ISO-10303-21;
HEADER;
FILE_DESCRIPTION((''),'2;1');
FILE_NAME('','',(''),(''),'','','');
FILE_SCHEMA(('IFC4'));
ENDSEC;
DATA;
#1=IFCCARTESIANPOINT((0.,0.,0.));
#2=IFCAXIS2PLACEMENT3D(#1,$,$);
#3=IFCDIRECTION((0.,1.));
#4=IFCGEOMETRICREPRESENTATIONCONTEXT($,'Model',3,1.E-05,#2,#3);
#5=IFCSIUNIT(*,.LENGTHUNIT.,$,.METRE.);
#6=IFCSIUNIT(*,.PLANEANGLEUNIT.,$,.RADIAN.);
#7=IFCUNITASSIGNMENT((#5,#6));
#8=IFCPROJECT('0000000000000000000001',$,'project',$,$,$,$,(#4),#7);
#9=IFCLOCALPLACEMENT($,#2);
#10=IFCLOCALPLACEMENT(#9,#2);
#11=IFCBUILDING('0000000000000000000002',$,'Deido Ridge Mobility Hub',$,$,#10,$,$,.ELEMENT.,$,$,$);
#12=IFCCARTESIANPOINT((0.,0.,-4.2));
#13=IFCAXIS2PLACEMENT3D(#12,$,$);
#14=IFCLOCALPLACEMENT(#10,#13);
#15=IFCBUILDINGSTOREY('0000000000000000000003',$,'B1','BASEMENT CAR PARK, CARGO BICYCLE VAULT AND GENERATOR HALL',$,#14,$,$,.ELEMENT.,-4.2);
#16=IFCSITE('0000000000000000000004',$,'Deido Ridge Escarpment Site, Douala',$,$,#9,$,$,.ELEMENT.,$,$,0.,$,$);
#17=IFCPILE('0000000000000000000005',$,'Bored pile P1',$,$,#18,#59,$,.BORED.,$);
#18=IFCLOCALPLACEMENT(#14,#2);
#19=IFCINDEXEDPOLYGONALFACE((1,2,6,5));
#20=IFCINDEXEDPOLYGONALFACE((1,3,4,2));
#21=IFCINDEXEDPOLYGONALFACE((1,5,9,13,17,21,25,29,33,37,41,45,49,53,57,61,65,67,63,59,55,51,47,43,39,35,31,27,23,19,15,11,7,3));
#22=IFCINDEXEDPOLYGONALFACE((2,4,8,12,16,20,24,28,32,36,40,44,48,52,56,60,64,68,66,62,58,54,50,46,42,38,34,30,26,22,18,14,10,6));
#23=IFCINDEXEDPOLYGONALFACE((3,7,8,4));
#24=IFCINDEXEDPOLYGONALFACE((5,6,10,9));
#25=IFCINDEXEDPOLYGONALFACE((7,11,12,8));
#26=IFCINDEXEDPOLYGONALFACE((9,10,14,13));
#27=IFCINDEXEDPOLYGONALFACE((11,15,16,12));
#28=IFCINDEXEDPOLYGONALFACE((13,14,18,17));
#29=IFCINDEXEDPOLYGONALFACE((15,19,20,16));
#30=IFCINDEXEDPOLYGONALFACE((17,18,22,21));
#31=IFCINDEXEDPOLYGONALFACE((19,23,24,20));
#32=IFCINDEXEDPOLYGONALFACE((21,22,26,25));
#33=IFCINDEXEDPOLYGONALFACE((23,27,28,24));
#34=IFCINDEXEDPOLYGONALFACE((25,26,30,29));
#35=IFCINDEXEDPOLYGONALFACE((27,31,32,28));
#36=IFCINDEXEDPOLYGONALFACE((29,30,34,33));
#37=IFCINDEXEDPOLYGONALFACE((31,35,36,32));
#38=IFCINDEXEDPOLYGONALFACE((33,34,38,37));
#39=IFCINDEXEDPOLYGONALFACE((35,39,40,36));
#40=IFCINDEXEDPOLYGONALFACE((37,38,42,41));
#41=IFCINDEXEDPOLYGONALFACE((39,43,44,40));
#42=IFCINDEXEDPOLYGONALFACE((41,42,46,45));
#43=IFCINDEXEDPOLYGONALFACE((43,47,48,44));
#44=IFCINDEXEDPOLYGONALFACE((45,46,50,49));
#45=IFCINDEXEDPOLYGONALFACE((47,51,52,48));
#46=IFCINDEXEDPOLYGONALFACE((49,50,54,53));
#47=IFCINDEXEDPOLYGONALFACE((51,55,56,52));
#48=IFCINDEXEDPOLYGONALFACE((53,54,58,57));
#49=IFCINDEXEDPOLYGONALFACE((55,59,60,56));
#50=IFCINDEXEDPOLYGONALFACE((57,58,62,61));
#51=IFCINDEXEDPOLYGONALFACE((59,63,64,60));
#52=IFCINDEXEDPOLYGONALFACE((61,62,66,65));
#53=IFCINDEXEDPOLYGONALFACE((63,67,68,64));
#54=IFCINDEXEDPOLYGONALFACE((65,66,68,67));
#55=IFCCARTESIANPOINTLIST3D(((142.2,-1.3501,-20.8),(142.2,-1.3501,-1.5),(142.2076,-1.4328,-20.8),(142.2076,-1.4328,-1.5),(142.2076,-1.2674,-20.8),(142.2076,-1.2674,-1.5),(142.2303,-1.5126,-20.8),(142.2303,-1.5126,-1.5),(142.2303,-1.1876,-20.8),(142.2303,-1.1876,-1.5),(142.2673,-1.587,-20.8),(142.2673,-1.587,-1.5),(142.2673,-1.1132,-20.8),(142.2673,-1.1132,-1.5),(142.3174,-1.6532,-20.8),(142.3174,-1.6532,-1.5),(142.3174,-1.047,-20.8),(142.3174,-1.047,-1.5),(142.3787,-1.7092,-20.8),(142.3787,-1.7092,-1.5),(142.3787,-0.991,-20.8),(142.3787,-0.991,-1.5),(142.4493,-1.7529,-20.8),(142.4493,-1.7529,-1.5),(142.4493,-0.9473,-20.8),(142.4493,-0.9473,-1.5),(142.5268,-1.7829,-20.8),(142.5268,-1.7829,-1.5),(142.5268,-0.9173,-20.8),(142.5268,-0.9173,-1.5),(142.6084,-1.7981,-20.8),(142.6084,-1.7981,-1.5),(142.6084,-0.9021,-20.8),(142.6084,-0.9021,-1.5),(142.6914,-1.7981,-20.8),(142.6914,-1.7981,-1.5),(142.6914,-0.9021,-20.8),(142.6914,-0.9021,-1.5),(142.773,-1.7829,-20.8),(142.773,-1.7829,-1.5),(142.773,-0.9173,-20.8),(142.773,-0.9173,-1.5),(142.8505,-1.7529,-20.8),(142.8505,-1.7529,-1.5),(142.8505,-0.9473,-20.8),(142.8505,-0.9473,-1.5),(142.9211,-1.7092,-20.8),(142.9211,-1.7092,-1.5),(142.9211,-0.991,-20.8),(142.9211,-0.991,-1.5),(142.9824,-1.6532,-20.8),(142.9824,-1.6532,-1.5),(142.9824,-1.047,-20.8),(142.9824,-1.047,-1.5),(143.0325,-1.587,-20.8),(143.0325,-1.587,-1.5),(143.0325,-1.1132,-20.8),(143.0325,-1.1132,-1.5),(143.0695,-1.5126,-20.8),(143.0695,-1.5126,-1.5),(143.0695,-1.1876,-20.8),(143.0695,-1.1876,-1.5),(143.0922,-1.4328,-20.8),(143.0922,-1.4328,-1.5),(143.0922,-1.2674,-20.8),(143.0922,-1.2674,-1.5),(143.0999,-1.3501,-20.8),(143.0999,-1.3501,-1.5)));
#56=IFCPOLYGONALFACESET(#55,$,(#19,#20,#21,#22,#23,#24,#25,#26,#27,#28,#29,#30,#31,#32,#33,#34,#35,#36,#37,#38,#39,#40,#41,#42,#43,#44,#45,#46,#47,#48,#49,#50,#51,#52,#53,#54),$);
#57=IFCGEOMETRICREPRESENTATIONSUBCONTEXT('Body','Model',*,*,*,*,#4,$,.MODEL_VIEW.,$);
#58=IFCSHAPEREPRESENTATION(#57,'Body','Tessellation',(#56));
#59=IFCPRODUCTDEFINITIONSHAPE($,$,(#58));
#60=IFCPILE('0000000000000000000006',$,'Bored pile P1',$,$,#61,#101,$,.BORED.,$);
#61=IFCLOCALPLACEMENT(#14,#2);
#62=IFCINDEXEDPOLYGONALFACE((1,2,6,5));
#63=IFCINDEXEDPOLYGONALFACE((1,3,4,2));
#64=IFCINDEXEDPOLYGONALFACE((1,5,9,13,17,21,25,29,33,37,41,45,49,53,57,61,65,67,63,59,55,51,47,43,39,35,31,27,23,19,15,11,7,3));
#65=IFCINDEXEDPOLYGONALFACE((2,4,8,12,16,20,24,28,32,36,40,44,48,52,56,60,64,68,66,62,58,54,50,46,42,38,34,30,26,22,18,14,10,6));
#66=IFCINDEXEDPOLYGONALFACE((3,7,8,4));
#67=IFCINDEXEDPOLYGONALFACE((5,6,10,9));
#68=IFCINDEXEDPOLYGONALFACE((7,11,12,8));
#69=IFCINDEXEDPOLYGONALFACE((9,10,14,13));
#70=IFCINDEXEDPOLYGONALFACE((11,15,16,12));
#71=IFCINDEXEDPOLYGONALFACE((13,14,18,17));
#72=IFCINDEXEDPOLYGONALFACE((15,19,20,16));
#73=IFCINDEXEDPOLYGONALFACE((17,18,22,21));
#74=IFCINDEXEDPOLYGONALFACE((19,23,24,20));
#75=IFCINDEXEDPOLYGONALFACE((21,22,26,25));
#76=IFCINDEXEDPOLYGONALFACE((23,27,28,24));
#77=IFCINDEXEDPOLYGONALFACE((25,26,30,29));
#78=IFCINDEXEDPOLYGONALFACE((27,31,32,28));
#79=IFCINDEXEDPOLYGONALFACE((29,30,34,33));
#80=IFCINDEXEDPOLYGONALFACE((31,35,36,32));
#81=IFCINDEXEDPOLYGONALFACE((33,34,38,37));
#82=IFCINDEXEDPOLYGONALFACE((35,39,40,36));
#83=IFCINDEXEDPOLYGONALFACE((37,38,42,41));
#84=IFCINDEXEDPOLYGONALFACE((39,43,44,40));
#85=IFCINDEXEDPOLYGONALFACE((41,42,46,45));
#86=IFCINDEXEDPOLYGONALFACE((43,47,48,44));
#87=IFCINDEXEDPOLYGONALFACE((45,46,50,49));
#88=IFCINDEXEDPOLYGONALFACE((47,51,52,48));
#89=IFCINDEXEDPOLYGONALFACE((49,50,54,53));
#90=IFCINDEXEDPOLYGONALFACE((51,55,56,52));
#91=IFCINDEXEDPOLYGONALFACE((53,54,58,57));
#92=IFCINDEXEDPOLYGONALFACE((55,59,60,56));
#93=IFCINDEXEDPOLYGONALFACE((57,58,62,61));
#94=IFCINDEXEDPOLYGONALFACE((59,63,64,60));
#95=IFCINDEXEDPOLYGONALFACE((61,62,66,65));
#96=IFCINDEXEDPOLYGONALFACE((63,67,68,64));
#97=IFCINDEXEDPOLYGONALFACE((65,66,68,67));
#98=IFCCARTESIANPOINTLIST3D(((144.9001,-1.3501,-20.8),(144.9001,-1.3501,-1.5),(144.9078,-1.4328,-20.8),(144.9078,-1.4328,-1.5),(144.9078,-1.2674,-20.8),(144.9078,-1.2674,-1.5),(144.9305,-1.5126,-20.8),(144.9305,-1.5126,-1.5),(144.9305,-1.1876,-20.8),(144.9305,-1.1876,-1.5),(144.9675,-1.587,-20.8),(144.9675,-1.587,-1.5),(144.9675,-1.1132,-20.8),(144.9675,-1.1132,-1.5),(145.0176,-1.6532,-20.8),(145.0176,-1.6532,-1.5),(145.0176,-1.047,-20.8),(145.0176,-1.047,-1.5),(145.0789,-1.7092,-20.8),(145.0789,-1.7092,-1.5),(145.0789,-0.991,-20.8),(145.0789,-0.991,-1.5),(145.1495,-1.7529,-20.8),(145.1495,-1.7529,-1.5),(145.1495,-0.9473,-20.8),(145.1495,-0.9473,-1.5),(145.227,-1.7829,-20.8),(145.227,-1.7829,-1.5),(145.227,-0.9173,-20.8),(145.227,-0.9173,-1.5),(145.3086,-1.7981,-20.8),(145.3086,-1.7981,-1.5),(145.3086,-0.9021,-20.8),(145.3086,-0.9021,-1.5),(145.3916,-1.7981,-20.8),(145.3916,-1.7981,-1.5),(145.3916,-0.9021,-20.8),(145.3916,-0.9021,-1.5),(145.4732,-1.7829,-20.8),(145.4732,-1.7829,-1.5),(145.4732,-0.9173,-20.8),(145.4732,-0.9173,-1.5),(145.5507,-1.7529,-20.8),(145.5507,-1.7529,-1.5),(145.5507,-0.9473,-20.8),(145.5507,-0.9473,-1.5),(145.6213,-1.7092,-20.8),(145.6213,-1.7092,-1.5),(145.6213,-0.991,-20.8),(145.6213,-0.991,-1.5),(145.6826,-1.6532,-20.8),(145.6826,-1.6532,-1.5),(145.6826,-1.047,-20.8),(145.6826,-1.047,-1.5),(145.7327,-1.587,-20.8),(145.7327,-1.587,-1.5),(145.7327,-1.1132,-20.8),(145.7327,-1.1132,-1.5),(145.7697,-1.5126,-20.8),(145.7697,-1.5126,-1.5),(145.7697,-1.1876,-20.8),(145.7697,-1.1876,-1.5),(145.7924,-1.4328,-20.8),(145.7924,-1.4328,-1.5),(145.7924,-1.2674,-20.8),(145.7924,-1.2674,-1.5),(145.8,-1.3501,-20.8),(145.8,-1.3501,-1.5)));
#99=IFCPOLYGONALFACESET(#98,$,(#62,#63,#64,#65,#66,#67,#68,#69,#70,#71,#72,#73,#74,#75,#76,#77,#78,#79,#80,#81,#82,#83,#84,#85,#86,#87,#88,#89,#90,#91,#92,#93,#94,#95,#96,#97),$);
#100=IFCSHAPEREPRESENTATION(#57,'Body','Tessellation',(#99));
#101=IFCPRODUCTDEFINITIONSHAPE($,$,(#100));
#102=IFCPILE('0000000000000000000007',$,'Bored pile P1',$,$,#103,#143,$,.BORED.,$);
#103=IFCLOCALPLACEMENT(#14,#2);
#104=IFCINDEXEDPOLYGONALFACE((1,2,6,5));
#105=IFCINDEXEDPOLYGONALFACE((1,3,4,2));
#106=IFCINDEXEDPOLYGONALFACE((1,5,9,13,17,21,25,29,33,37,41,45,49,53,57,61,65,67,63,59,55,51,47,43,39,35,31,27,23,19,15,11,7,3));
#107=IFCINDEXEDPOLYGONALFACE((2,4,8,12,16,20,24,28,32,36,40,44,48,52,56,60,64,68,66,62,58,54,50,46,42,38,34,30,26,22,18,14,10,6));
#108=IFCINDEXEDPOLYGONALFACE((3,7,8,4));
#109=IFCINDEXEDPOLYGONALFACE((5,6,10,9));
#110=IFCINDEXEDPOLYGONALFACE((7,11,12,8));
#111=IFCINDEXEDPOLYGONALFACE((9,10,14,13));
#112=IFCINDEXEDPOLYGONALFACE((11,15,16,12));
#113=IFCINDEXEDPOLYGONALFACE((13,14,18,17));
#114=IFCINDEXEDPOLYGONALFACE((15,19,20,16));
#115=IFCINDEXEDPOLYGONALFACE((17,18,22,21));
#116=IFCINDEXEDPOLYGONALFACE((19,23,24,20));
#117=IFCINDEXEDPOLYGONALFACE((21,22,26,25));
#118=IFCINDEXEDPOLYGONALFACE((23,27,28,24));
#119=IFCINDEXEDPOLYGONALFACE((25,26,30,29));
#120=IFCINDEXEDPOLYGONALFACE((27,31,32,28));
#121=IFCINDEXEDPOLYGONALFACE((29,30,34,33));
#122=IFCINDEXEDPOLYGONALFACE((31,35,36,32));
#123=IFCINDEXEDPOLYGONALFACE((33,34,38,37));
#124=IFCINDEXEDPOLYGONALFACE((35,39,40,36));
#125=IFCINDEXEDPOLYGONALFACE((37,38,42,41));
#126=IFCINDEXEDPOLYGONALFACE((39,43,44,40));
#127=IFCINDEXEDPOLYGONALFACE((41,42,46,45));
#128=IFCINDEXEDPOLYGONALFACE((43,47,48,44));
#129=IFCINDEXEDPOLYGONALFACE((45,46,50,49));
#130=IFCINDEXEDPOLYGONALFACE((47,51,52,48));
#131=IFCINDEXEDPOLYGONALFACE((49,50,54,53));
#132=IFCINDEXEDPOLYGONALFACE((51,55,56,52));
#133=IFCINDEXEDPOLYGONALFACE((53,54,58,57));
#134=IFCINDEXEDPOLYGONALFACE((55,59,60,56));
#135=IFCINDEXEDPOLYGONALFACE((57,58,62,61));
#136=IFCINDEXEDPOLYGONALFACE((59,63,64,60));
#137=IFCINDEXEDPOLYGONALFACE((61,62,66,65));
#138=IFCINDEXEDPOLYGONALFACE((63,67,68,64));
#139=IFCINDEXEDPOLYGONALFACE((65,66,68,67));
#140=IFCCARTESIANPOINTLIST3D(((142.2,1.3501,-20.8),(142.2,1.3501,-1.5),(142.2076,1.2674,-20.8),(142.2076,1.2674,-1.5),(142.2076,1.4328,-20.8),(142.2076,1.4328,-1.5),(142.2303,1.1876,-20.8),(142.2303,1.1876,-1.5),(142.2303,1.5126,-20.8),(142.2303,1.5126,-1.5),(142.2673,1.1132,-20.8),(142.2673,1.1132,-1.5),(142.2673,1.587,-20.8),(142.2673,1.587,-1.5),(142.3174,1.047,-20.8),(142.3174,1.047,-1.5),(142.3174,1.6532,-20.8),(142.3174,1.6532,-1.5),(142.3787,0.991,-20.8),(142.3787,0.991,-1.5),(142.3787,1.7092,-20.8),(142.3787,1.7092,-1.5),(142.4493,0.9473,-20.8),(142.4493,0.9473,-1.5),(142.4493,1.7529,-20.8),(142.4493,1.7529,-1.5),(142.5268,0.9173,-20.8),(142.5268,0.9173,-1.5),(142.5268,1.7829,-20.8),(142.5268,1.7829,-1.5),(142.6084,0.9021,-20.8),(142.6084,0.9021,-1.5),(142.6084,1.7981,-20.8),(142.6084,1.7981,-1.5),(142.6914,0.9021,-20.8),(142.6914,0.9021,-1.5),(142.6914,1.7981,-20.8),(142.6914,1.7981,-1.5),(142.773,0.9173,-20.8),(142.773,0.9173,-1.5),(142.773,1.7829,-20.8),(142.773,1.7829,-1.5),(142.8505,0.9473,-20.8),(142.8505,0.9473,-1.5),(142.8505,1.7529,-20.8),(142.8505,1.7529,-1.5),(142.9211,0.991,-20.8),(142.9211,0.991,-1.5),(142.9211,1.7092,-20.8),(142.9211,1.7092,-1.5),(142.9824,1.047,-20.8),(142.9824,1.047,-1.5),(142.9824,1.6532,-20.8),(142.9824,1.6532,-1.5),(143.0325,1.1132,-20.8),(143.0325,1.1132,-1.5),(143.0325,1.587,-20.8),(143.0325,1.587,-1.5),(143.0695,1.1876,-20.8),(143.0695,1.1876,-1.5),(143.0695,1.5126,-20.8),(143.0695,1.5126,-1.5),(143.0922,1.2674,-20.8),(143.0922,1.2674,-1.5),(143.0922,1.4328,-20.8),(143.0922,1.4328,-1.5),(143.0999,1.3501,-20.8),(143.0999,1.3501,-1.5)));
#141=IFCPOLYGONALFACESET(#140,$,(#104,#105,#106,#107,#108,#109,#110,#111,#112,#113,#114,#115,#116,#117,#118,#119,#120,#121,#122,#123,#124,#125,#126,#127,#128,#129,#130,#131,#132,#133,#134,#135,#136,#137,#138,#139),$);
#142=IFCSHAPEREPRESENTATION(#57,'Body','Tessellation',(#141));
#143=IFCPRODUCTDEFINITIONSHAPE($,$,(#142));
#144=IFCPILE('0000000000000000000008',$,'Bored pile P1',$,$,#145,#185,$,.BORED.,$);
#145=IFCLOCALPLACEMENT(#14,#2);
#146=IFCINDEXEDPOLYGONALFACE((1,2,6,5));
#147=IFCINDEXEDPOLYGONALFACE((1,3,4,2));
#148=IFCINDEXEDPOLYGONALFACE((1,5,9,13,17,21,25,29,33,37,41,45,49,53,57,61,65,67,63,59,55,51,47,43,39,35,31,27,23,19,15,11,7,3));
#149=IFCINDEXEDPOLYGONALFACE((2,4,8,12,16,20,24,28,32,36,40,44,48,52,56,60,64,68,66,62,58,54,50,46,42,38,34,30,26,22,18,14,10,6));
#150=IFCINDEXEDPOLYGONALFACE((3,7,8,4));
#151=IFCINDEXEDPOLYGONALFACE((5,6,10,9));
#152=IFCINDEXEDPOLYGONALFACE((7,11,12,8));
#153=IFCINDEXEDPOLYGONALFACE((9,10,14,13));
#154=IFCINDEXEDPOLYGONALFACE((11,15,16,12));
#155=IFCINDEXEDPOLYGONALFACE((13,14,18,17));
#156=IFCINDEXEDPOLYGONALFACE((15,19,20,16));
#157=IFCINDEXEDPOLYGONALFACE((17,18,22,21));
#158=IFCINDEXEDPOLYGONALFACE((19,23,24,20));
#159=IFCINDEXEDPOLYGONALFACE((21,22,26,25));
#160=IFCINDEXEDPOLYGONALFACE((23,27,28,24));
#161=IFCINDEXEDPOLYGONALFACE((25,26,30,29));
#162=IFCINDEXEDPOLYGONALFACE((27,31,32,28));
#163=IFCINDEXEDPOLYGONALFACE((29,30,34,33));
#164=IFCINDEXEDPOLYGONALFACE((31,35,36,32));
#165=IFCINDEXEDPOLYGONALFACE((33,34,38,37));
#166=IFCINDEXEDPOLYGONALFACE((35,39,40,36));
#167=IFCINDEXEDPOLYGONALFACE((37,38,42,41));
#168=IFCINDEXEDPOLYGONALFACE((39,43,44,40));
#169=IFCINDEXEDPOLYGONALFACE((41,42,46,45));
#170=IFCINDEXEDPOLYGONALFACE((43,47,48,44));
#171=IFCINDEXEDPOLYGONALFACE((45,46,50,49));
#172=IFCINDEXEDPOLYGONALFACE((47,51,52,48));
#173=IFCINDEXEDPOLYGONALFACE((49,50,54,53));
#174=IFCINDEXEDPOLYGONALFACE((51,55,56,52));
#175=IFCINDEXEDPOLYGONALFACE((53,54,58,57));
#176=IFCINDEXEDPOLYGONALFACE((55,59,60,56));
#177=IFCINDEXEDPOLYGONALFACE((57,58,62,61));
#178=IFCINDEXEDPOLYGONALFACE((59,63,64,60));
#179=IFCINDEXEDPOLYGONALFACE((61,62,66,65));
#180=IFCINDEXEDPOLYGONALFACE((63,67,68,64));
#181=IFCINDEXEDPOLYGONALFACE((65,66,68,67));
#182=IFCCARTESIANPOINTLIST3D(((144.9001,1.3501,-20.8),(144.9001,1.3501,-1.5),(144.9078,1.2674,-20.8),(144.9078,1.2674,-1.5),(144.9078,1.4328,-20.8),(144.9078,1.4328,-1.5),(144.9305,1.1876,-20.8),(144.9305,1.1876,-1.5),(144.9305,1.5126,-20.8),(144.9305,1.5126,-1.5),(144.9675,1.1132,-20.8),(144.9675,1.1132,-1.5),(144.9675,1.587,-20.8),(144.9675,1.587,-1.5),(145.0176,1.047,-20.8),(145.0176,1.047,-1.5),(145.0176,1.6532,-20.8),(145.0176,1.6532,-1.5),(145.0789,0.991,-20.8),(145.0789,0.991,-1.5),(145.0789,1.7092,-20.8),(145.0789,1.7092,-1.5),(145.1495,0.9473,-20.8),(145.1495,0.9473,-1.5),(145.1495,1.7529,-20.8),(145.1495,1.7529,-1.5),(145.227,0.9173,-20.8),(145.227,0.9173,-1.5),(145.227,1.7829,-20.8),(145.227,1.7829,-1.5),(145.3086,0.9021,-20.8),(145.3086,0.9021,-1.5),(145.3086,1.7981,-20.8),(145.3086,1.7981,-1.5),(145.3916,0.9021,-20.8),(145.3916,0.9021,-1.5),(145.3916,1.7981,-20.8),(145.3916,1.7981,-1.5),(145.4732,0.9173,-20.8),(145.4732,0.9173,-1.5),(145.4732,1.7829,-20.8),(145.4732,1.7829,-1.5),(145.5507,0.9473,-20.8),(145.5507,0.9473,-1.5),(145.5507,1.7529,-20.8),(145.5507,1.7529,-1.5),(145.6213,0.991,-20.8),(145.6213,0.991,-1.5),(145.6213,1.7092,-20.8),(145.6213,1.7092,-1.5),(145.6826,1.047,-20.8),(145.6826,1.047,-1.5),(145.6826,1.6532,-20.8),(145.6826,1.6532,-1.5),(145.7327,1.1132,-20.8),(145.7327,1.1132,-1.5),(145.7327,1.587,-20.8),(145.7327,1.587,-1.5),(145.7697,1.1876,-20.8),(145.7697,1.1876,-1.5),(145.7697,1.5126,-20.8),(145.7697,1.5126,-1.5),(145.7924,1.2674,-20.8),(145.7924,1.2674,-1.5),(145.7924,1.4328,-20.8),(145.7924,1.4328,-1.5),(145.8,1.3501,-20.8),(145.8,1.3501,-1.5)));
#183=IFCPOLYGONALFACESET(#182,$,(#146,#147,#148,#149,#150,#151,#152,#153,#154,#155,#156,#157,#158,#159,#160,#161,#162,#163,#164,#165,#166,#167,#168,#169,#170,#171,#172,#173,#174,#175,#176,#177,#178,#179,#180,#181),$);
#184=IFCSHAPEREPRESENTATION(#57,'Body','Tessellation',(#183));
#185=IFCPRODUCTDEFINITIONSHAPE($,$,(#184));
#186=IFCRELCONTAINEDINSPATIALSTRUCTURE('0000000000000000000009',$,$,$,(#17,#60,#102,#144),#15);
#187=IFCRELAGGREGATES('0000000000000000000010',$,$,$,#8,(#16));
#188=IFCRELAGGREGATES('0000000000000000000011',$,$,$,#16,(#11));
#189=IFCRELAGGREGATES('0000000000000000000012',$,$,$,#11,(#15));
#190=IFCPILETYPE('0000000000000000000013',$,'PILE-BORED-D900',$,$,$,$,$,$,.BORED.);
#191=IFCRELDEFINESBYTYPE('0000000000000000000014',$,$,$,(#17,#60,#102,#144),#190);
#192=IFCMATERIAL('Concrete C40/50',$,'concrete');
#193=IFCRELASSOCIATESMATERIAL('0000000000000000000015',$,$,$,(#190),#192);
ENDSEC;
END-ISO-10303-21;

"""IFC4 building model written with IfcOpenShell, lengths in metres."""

from ifc_helpers import new_model, si_unit, direction, frame, origin, origin_2d, place, context, subcontext, project, spatial, circle, extrude, material, material_profile, profile_set, type_object, element, save


model = new_model("IFC4")

# Units and contexts
model_context = context("Model", 3, precision=1e-05, world=origin(), true_north=direction((0.0, 1.0)))
body_context = subcontext(model_context, "Body", "Model", "MODEL_VIEW")
ifc_project = project(units=[si_unit("LENGTHUNIT", "METRE"), si_unit("PLANEANGLEUNIT", "RADIAN")], contexts=[model_context])

# Site, building, storey
site_placement = place(None, origin())
site = spatial("IfcSite", under=ifc_project, at=site_placement, Name="Deido Ridge Escarpment Site, Douala", CompositionType="ELEMENT", RefElevation=0.0)
building_placement = place(site_placement, origin())
building = spatial("IfcBuilding", under=site, at=building_placement, Name="Deido Ridge Mobility Hub", CompositionType="ELEMENT")
storey_placement = place(building_placement, frame((0.0, 0.0, -4.2)))
storey = spatial("IfcBuildingStorey", under=building, at=storey_placement, Name="B1", Description="BASEMENT CAR PARK, CARGO BICYCLE VAULT AND GENERATOR HALL", CompositionType="ELEMENT", Elevation=-4.2)

# Shared definitions
ifc_material_1 = material(Name="Concrete C40/50", Category="concrete")

# Piles
ifc_material_profile_1 = material_profile(ifc_material_1, circle(Radius=0.45, at=origin_2d()), Name="BORED PILE D900")
ifc_profile_set_1 = profile_set([ifc_material_profile_1], Name="Concrete C40/50")
pile_type_1 = type_object("IfcPileType", Name="PILE-BORED-D900", PredefinedType="BORED", material=ifc_profile_set_1)
for number, where, z_axis, x_axis, name in (
    (1, (142.6499, -1.3501, -1.5), (0.0, 0.0, -1.0), (1.0, 0.0, 0.0), "Bored pile P1"),
    (2, (145.3501, -1.3501, -1.5), (0.0, 0.0, -1.0), (1.0, 0.0, 0.0), "Bored pile P1"),
    (3, (142.6499, 1.3501, -1.5), (0.0, 0.0, -1.0), (1.0, 0.0, 0.0), "Bored pile P1"),
    (4, (145.3501, 1.3501, -1.5), (0.0, 0.0, -1.0), (1.0, 0.0, 0.0), "Bored pile P1"),
):
    element("IfcPile", number, at=place(storey_placement, frame(where, z_axis=z_axis, x_axis=x_axis)), inside=storey, type_object=pile_type_1, Name=name, PredefinedType="BORED", context=body_context, shape_type="SweptSolid", body=[
        extrude(circle(Radius=0.45, at=origin_2d()), origin(), (0.0, 0.0, 1.0), 19.3),
    ])

save(model, "model.ifc")
